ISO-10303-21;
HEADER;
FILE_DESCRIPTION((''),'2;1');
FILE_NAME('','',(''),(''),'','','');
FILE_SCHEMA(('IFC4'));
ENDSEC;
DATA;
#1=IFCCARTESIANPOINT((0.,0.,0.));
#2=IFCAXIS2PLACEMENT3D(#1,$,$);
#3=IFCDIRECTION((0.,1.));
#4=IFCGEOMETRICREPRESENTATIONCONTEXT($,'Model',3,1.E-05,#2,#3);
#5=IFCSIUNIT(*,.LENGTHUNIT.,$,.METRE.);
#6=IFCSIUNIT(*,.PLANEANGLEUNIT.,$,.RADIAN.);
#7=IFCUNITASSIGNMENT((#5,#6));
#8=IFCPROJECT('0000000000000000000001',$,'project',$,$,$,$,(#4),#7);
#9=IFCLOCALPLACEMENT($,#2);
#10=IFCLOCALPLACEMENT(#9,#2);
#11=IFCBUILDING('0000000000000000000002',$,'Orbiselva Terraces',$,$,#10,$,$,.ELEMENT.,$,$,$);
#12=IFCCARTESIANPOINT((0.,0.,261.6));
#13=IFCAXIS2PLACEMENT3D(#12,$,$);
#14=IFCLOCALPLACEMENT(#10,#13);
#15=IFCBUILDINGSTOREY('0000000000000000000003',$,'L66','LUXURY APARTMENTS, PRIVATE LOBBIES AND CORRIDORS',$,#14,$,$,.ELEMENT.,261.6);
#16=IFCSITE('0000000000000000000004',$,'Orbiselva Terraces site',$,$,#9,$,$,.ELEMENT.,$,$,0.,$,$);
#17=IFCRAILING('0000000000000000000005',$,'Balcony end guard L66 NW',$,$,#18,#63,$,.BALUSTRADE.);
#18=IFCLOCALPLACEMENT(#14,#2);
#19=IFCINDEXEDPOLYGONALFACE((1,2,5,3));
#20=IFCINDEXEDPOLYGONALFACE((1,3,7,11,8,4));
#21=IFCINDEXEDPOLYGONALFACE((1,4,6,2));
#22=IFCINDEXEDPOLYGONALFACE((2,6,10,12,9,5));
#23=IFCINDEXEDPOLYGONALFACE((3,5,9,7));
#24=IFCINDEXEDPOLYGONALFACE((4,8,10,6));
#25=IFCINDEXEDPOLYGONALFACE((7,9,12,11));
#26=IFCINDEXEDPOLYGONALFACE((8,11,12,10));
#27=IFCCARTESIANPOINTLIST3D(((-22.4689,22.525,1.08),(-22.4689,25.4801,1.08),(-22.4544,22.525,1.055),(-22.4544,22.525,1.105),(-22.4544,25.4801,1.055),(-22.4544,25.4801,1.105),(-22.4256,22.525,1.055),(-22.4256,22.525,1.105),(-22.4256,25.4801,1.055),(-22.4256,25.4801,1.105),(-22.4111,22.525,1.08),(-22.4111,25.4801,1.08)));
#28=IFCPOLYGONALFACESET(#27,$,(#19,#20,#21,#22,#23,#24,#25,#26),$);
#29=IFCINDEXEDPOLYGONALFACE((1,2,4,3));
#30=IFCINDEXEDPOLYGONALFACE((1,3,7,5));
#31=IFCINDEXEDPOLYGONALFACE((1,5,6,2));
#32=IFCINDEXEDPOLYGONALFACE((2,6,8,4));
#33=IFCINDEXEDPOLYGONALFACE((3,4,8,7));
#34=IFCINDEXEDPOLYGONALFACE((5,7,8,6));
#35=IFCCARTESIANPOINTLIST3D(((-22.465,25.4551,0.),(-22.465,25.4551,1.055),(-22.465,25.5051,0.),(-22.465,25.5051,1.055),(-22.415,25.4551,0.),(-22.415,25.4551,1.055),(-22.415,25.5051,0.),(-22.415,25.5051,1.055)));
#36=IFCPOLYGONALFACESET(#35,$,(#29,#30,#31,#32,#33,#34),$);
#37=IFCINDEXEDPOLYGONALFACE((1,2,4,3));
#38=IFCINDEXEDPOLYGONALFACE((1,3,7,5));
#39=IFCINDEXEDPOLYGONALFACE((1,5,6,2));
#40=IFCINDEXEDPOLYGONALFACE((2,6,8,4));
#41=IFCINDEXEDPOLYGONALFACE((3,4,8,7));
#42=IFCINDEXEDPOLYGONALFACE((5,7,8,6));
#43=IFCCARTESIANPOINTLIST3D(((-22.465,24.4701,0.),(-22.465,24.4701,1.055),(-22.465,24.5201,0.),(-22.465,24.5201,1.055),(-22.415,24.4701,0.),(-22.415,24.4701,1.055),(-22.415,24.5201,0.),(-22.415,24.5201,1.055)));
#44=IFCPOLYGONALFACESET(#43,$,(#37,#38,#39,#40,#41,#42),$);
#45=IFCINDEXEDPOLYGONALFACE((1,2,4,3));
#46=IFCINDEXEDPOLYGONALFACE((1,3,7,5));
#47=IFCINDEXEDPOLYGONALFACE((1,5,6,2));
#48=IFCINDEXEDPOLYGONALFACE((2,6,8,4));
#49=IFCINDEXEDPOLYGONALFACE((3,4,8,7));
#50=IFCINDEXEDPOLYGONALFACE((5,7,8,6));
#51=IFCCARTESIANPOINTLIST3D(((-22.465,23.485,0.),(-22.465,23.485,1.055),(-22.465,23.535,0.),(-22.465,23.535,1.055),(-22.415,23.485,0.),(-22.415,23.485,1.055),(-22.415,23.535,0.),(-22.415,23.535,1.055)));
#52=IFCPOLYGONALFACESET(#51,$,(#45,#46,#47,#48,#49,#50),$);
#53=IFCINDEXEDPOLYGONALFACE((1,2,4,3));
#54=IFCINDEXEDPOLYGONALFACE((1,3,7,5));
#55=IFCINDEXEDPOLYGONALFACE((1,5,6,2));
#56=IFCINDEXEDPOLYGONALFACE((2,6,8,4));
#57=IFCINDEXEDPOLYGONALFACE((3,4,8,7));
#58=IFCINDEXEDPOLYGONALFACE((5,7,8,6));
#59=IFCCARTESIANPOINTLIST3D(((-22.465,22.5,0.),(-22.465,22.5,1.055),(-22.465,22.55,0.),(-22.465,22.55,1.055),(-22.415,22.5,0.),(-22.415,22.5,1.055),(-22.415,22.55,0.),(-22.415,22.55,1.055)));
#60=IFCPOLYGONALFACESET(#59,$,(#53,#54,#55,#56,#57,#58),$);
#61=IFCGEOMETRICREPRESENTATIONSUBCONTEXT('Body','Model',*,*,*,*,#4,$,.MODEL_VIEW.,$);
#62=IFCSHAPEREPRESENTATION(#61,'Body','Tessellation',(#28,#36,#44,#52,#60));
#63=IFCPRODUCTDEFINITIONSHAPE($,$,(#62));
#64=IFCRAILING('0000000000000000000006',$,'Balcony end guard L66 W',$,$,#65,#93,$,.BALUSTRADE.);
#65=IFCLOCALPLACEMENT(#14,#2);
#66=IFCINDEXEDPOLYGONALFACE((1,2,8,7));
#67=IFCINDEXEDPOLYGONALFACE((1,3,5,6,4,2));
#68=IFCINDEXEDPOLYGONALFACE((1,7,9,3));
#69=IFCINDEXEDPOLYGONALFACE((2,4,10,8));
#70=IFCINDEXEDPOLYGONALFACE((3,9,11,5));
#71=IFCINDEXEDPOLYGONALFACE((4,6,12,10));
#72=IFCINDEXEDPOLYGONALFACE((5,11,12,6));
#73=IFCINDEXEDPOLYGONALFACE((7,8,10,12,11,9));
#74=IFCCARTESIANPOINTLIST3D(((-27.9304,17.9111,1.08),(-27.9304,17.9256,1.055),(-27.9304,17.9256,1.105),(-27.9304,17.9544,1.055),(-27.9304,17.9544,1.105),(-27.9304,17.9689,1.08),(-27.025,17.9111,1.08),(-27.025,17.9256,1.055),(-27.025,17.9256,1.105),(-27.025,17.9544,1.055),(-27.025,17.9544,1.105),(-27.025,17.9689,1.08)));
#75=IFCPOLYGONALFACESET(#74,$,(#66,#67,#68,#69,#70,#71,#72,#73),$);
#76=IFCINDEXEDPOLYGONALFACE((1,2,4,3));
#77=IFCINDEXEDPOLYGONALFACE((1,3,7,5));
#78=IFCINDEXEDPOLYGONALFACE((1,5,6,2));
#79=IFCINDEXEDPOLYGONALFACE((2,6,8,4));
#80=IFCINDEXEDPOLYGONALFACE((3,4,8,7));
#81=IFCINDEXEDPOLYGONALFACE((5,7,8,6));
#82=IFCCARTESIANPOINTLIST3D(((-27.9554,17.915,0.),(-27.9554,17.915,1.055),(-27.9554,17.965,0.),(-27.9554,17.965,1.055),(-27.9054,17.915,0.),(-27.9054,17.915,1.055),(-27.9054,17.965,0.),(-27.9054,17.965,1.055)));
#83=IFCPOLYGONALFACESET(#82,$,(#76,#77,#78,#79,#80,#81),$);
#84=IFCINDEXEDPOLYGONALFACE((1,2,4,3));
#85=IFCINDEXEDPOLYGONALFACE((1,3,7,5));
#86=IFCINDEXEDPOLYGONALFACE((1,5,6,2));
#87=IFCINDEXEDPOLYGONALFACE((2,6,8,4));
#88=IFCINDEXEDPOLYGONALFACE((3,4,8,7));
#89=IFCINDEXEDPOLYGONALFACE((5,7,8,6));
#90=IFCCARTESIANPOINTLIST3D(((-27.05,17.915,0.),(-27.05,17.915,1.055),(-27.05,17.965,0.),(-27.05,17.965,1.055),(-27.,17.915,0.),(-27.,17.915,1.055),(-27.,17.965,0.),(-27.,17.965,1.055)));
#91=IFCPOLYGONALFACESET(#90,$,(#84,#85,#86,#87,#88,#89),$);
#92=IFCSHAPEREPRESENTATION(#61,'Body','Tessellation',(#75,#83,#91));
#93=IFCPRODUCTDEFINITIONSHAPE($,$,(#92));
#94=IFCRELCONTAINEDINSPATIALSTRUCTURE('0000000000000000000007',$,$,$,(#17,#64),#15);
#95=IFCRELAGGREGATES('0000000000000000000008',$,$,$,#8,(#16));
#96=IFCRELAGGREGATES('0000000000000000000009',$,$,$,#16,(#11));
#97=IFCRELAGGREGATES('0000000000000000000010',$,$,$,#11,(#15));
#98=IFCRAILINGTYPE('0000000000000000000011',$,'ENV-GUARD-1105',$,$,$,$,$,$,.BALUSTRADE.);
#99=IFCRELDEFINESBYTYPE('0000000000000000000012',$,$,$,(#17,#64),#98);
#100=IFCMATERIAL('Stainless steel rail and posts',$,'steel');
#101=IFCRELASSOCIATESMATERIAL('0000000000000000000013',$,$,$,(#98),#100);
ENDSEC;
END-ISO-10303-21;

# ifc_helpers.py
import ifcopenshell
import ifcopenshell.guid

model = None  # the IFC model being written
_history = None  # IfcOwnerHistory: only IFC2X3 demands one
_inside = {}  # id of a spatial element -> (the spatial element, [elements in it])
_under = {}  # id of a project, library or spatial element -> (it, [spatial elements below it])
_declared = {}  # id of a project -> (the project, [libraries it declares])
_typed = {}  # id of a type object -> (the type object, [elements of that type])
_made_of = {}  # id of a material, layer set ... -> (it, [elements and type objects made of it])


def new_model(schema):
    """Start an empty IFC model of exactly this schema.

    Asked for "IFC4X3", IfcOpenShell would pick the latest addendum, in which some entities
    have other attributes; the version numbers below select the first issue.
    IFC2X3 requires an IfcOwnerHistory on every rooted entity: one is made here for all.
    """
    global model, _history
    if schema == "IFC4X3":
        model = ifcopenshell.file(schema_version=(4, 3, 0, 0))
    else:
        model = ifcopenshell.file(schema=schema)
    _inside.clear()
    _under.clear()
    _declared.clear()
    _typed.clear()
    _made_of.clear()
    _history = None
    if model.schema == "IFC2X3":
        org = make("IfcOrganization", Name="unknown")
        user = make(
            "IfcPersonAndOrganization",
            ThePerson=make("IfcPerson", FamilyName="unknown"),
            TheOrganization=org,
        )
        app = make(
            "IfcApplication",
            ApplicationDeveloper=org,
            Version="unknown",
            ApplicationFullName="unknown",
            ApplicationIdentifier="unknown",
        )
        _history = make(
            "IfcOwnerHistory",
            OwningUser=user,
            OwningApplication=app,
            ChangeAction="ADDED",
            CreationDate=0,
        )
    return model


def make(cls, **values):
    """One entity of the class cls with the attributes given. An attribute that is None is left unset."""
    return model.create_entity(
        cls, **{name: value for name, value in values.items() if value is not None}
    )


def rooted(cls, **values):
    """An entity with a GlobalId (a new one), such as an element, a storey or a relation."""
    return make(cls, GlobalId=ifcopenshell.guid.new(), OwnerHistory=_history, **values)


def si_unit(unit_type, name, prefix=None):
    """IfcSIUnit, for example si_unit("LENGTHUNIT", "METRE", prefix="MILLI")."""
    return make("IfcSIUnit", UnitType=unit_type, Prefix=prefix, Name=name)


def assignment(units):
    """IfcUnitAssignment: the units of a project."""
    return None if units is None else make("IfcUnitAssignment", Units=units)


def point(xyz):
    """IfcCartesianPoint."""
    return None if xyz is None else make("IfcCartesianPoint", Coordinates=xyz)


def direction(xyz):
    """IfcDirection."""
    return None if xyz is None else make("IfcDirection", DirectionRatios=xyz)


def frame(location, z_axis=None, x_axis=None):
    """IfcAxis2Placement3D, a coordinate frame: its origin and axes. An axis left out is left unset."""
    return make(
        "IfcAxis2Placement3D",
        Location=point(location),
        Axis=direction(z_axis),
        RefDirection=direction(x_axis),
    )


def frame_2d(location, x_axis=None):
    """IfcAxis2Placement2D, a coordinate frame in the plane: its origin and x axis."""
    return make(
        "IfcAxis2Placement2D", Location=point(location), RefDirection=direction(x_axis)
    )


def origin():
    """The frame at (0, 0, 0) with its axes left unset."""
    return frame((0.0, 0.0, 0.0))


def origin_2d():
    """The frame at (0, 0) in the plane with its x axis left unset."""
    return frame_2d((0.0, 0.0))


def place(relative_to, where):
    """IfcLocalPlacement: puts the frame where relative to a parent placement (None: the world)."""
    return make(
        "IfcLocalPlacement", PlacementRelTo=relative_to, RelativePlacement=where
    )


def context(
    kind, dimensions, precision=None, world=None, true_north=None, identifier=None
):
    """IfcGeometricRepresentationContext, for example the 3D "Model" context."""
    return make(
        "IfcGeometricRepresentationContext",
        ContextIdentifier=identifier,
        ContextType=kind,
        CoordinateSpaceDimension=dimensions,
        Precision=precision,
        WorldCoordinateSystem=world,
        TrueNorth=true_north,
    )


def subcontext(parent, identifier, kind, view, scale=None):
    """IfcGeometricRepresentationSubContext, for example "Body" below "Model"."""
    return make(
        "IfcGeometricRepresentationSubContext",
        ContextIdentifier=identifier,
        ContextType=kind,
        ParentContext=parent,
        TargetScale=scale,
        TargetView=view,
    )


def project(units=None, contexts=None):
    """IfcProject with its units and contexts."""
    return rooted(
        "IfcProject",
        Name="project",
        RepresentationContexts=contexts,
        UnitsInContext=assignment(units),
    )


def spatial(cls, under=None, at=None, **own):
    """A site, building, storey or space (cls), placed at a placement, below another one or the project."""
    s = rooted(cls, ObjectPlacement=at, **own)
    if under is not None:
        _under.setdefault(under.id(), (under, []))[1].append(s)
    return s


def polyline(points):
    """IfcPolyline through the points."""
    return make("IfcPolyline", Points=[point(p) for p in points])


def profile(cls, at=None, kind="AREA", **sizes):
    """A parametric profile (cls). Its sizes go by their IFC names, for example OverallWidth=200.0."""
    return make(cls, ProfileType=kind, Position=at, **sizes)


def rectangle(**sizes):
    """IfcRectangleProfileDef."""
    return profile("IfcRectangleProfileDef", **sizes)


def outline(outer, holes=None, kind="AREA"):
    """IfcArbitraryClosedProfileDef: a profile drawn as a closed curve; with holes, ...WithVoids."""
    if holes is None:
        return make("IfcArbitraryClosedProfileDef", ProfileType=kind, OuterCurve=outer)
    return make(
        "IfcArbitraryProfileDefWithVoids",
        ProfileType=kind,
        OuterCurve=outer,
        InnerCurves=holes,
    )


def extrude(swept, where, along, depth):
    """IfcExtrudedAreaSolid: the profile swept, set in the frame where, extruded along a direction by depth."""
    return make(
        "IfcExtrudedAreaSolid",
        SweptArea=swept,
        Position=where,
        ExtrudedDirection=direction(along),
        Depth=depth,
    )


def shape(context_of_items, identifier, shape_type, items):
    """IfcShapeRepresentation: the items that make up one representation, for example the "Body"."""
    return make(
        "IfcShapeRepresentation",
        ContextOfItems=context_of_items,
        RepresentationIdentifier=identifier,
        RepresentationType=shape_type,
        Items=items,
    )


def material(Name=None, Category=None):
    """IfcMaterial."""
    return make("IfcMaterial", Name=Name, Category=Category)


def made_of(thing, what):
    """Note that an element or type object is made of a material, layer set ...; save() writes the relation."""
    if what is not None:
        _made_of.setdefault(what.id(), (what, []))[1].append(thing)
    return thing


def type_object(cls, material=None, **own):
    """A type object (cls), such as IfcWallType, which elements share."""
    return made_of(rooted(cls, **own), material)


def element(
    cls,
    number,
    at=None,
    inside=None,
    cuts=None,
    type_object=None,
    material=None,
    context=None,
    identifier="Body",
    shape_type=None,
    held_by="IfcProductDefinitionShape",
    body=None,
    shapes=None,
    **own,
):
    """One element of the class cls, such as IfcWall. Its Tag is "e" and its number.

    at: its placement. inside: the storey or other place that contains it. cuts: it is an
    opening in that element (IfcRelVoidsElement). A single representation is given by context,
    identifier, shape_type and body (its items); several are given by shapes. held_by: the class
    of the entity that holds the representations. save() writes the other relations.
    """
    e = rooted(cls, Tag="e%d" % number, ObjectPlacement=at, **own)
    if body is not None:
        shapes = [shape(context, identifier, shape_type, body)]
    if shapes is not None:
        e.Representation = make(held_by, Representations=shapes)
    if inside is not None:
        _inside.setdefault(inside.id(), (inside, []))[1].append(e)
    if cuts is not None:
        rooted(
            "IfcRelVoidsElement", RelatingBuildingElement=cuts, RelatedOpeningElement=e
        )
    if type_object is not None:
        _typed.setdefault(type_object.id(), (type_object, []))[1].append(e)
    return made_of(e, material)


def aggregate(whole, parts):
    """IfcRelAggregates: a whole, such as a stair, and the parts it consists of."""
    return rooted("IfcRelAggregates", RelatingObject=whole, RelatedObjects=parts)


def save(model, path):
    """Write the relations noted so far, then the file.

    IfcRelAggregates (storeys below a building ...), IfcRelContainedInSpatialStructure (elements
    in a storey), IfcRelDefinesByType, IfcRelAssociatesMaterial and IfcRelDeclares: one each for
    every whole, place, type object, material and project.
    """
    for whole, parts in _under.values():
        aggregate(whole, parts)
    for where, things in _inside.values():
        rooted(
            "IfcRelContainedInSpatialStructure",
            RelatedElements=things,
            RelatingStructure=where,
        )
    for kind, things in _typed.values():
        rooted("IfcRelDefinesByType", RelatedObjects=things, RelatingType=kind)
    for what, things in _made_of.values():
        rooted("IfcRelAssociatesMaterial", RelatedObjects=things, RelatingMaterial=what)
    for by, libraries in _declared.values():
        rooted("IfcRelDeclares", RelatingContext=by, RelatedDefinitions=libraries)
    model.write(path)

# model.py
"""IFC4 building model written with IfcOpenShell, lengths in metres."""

from ifc_helpers import new_model, si_unit, direction, frame, origin, origin_2d, place, context, subcontext, project, spatial, polyline, rectangle, outline, extrude, material, type_object, element, save


model = new_model("IFC4")

# Units and contexts
model_context = context("Model", 3, precision=1e-05, world=origin(), true_north=direction((0.0, 1.0)))
body_context = subcontext(model_context, "Body", "Model", "MODEL_VIEW")
ifc_project = project(units=[si_unit("LENGTHUNIT", "METRE"), si_unit("PLANEANGLEUNIT", "RADIAN")], contexts=[model_context])

# Site, building, storey
site_placement = place(None, origin())
site = spatial("IfcSite", under=ifc_project, at=site_placement, Name="Orbiselva Terraces site", CompositionType="ELEMENT", RefElevation=0.0)
building_placement = place(site_placement, origin())
building = spatial("IfcBuilding", under=site, at=building_placement, Name="Orbiselva Terraces", CompositionType="ELEMENT")
storey_placement = place(building_placement, frame((0.0, 0.0, 261.6)))
storey = spatial("IfcBuildingStorey", under=building, at=storey_placement, Name="L66", Description="LUXURY APARTMENTS, PRIVATE LOBBIES AND CORRIDORS", CompositionType="ELEMENT", Elevation=261.6)

# Railings
ifc_material_1 = material(Name="Stainless steel rail and posts", Category="steel")
railing_type_1 = type_object("IfcRailingType", Name="ENV-GUARD-1105", PredefinedType="BALUSTRADE", material=ifc_material_1)
railing_1_placement = place(storey_placement, frame((-22.44, 25.4801, 0.0)))
element("IfcRailing", 1, at=railing_1_placement, inside=storey, type_object=railing_type_1, Name="Balcony end guard L66 NW", PredefinedType="BALUSTRADE", context=body_context, shape_type="SweptSolid", body=[
    extrude(outline(polyline([(0.0289, 0.0), (0.0144, 0.025), (-0.0144, 0.025), (-0.0289, 0.0), (-0.0144, -0.025), (0.0144, -0.025), (0.0289, 0.0)])), frame((0.0, 0.0, 1.08), z_axis=(0.0, -1.0, 0.0), x_axis=(1.0, 0.0, 0.0)), (0.0, 0.0, 1.0), 2.9551),
    extrude(rectangle(XDim=0.05, YDim=0.05, at=origin_2d()), origin(), (0.0, 0.0, 1.0), 1.055),
    extrude(rectangle(XDim=0.05, YDim=0.05, at=origin_2d()), frame((0.0, -0.985, 0.0)), (0.0, 0.0, 1.0), 1.055),
    extrude(rectangle(XDim=0.05, YDim=0.05, at=origin_2d()), frame((0.0, -1.9701, 0.0)), (0.0, 0.0, 1.0), 1.055),
    extrude(rectangle(XDim=0.05, YDim=0.05, at=origin_2d()), frame((0.0, -2.9551, 0.0)), (0.0, 0.0, 1.0), 1.055),
])
railing_2_placement = place(storey_placement, frame((-27.9304, 17.94, 0.0)))
element("IfcRailing", 2, at=railing_2_placement, inside=storey, type_object=railing_type_1, Name="Balcony end guard L66 W", PredefinedType="BALUSTRADE", context=body_context, shape_type="SweptSolid", body=[
    extrude(outline(polyline([(0.0289, 0.0), (0.0144, 0.025), (-0.0144, 0.025), (-0.0289, 0.0), (-0.0144, -0.025), (0.0144, -0.025), (0.0289, 0.0)])), frame((0.0, 0.0, 1.08), z_axis=(1.0, 0.0, 0.0), x_axis=(0.0, 1.0, 0.0)), (0.0, 0.0, 1.0), 0.9054),
    extrude(rectangle(XDim=0.05, YDim=0.05, at=origin_2d()), origin(), (0.0, 0.0, 1.0), 1.055),
    extrude(rectangle(XDim=0.05, YDim=0.05, at=origin_2d()), frame((0.9054, 0.0, 0.0)), (0.0, 0.0, 1.0), 1.055),
])

save(model, "model.ifc")
